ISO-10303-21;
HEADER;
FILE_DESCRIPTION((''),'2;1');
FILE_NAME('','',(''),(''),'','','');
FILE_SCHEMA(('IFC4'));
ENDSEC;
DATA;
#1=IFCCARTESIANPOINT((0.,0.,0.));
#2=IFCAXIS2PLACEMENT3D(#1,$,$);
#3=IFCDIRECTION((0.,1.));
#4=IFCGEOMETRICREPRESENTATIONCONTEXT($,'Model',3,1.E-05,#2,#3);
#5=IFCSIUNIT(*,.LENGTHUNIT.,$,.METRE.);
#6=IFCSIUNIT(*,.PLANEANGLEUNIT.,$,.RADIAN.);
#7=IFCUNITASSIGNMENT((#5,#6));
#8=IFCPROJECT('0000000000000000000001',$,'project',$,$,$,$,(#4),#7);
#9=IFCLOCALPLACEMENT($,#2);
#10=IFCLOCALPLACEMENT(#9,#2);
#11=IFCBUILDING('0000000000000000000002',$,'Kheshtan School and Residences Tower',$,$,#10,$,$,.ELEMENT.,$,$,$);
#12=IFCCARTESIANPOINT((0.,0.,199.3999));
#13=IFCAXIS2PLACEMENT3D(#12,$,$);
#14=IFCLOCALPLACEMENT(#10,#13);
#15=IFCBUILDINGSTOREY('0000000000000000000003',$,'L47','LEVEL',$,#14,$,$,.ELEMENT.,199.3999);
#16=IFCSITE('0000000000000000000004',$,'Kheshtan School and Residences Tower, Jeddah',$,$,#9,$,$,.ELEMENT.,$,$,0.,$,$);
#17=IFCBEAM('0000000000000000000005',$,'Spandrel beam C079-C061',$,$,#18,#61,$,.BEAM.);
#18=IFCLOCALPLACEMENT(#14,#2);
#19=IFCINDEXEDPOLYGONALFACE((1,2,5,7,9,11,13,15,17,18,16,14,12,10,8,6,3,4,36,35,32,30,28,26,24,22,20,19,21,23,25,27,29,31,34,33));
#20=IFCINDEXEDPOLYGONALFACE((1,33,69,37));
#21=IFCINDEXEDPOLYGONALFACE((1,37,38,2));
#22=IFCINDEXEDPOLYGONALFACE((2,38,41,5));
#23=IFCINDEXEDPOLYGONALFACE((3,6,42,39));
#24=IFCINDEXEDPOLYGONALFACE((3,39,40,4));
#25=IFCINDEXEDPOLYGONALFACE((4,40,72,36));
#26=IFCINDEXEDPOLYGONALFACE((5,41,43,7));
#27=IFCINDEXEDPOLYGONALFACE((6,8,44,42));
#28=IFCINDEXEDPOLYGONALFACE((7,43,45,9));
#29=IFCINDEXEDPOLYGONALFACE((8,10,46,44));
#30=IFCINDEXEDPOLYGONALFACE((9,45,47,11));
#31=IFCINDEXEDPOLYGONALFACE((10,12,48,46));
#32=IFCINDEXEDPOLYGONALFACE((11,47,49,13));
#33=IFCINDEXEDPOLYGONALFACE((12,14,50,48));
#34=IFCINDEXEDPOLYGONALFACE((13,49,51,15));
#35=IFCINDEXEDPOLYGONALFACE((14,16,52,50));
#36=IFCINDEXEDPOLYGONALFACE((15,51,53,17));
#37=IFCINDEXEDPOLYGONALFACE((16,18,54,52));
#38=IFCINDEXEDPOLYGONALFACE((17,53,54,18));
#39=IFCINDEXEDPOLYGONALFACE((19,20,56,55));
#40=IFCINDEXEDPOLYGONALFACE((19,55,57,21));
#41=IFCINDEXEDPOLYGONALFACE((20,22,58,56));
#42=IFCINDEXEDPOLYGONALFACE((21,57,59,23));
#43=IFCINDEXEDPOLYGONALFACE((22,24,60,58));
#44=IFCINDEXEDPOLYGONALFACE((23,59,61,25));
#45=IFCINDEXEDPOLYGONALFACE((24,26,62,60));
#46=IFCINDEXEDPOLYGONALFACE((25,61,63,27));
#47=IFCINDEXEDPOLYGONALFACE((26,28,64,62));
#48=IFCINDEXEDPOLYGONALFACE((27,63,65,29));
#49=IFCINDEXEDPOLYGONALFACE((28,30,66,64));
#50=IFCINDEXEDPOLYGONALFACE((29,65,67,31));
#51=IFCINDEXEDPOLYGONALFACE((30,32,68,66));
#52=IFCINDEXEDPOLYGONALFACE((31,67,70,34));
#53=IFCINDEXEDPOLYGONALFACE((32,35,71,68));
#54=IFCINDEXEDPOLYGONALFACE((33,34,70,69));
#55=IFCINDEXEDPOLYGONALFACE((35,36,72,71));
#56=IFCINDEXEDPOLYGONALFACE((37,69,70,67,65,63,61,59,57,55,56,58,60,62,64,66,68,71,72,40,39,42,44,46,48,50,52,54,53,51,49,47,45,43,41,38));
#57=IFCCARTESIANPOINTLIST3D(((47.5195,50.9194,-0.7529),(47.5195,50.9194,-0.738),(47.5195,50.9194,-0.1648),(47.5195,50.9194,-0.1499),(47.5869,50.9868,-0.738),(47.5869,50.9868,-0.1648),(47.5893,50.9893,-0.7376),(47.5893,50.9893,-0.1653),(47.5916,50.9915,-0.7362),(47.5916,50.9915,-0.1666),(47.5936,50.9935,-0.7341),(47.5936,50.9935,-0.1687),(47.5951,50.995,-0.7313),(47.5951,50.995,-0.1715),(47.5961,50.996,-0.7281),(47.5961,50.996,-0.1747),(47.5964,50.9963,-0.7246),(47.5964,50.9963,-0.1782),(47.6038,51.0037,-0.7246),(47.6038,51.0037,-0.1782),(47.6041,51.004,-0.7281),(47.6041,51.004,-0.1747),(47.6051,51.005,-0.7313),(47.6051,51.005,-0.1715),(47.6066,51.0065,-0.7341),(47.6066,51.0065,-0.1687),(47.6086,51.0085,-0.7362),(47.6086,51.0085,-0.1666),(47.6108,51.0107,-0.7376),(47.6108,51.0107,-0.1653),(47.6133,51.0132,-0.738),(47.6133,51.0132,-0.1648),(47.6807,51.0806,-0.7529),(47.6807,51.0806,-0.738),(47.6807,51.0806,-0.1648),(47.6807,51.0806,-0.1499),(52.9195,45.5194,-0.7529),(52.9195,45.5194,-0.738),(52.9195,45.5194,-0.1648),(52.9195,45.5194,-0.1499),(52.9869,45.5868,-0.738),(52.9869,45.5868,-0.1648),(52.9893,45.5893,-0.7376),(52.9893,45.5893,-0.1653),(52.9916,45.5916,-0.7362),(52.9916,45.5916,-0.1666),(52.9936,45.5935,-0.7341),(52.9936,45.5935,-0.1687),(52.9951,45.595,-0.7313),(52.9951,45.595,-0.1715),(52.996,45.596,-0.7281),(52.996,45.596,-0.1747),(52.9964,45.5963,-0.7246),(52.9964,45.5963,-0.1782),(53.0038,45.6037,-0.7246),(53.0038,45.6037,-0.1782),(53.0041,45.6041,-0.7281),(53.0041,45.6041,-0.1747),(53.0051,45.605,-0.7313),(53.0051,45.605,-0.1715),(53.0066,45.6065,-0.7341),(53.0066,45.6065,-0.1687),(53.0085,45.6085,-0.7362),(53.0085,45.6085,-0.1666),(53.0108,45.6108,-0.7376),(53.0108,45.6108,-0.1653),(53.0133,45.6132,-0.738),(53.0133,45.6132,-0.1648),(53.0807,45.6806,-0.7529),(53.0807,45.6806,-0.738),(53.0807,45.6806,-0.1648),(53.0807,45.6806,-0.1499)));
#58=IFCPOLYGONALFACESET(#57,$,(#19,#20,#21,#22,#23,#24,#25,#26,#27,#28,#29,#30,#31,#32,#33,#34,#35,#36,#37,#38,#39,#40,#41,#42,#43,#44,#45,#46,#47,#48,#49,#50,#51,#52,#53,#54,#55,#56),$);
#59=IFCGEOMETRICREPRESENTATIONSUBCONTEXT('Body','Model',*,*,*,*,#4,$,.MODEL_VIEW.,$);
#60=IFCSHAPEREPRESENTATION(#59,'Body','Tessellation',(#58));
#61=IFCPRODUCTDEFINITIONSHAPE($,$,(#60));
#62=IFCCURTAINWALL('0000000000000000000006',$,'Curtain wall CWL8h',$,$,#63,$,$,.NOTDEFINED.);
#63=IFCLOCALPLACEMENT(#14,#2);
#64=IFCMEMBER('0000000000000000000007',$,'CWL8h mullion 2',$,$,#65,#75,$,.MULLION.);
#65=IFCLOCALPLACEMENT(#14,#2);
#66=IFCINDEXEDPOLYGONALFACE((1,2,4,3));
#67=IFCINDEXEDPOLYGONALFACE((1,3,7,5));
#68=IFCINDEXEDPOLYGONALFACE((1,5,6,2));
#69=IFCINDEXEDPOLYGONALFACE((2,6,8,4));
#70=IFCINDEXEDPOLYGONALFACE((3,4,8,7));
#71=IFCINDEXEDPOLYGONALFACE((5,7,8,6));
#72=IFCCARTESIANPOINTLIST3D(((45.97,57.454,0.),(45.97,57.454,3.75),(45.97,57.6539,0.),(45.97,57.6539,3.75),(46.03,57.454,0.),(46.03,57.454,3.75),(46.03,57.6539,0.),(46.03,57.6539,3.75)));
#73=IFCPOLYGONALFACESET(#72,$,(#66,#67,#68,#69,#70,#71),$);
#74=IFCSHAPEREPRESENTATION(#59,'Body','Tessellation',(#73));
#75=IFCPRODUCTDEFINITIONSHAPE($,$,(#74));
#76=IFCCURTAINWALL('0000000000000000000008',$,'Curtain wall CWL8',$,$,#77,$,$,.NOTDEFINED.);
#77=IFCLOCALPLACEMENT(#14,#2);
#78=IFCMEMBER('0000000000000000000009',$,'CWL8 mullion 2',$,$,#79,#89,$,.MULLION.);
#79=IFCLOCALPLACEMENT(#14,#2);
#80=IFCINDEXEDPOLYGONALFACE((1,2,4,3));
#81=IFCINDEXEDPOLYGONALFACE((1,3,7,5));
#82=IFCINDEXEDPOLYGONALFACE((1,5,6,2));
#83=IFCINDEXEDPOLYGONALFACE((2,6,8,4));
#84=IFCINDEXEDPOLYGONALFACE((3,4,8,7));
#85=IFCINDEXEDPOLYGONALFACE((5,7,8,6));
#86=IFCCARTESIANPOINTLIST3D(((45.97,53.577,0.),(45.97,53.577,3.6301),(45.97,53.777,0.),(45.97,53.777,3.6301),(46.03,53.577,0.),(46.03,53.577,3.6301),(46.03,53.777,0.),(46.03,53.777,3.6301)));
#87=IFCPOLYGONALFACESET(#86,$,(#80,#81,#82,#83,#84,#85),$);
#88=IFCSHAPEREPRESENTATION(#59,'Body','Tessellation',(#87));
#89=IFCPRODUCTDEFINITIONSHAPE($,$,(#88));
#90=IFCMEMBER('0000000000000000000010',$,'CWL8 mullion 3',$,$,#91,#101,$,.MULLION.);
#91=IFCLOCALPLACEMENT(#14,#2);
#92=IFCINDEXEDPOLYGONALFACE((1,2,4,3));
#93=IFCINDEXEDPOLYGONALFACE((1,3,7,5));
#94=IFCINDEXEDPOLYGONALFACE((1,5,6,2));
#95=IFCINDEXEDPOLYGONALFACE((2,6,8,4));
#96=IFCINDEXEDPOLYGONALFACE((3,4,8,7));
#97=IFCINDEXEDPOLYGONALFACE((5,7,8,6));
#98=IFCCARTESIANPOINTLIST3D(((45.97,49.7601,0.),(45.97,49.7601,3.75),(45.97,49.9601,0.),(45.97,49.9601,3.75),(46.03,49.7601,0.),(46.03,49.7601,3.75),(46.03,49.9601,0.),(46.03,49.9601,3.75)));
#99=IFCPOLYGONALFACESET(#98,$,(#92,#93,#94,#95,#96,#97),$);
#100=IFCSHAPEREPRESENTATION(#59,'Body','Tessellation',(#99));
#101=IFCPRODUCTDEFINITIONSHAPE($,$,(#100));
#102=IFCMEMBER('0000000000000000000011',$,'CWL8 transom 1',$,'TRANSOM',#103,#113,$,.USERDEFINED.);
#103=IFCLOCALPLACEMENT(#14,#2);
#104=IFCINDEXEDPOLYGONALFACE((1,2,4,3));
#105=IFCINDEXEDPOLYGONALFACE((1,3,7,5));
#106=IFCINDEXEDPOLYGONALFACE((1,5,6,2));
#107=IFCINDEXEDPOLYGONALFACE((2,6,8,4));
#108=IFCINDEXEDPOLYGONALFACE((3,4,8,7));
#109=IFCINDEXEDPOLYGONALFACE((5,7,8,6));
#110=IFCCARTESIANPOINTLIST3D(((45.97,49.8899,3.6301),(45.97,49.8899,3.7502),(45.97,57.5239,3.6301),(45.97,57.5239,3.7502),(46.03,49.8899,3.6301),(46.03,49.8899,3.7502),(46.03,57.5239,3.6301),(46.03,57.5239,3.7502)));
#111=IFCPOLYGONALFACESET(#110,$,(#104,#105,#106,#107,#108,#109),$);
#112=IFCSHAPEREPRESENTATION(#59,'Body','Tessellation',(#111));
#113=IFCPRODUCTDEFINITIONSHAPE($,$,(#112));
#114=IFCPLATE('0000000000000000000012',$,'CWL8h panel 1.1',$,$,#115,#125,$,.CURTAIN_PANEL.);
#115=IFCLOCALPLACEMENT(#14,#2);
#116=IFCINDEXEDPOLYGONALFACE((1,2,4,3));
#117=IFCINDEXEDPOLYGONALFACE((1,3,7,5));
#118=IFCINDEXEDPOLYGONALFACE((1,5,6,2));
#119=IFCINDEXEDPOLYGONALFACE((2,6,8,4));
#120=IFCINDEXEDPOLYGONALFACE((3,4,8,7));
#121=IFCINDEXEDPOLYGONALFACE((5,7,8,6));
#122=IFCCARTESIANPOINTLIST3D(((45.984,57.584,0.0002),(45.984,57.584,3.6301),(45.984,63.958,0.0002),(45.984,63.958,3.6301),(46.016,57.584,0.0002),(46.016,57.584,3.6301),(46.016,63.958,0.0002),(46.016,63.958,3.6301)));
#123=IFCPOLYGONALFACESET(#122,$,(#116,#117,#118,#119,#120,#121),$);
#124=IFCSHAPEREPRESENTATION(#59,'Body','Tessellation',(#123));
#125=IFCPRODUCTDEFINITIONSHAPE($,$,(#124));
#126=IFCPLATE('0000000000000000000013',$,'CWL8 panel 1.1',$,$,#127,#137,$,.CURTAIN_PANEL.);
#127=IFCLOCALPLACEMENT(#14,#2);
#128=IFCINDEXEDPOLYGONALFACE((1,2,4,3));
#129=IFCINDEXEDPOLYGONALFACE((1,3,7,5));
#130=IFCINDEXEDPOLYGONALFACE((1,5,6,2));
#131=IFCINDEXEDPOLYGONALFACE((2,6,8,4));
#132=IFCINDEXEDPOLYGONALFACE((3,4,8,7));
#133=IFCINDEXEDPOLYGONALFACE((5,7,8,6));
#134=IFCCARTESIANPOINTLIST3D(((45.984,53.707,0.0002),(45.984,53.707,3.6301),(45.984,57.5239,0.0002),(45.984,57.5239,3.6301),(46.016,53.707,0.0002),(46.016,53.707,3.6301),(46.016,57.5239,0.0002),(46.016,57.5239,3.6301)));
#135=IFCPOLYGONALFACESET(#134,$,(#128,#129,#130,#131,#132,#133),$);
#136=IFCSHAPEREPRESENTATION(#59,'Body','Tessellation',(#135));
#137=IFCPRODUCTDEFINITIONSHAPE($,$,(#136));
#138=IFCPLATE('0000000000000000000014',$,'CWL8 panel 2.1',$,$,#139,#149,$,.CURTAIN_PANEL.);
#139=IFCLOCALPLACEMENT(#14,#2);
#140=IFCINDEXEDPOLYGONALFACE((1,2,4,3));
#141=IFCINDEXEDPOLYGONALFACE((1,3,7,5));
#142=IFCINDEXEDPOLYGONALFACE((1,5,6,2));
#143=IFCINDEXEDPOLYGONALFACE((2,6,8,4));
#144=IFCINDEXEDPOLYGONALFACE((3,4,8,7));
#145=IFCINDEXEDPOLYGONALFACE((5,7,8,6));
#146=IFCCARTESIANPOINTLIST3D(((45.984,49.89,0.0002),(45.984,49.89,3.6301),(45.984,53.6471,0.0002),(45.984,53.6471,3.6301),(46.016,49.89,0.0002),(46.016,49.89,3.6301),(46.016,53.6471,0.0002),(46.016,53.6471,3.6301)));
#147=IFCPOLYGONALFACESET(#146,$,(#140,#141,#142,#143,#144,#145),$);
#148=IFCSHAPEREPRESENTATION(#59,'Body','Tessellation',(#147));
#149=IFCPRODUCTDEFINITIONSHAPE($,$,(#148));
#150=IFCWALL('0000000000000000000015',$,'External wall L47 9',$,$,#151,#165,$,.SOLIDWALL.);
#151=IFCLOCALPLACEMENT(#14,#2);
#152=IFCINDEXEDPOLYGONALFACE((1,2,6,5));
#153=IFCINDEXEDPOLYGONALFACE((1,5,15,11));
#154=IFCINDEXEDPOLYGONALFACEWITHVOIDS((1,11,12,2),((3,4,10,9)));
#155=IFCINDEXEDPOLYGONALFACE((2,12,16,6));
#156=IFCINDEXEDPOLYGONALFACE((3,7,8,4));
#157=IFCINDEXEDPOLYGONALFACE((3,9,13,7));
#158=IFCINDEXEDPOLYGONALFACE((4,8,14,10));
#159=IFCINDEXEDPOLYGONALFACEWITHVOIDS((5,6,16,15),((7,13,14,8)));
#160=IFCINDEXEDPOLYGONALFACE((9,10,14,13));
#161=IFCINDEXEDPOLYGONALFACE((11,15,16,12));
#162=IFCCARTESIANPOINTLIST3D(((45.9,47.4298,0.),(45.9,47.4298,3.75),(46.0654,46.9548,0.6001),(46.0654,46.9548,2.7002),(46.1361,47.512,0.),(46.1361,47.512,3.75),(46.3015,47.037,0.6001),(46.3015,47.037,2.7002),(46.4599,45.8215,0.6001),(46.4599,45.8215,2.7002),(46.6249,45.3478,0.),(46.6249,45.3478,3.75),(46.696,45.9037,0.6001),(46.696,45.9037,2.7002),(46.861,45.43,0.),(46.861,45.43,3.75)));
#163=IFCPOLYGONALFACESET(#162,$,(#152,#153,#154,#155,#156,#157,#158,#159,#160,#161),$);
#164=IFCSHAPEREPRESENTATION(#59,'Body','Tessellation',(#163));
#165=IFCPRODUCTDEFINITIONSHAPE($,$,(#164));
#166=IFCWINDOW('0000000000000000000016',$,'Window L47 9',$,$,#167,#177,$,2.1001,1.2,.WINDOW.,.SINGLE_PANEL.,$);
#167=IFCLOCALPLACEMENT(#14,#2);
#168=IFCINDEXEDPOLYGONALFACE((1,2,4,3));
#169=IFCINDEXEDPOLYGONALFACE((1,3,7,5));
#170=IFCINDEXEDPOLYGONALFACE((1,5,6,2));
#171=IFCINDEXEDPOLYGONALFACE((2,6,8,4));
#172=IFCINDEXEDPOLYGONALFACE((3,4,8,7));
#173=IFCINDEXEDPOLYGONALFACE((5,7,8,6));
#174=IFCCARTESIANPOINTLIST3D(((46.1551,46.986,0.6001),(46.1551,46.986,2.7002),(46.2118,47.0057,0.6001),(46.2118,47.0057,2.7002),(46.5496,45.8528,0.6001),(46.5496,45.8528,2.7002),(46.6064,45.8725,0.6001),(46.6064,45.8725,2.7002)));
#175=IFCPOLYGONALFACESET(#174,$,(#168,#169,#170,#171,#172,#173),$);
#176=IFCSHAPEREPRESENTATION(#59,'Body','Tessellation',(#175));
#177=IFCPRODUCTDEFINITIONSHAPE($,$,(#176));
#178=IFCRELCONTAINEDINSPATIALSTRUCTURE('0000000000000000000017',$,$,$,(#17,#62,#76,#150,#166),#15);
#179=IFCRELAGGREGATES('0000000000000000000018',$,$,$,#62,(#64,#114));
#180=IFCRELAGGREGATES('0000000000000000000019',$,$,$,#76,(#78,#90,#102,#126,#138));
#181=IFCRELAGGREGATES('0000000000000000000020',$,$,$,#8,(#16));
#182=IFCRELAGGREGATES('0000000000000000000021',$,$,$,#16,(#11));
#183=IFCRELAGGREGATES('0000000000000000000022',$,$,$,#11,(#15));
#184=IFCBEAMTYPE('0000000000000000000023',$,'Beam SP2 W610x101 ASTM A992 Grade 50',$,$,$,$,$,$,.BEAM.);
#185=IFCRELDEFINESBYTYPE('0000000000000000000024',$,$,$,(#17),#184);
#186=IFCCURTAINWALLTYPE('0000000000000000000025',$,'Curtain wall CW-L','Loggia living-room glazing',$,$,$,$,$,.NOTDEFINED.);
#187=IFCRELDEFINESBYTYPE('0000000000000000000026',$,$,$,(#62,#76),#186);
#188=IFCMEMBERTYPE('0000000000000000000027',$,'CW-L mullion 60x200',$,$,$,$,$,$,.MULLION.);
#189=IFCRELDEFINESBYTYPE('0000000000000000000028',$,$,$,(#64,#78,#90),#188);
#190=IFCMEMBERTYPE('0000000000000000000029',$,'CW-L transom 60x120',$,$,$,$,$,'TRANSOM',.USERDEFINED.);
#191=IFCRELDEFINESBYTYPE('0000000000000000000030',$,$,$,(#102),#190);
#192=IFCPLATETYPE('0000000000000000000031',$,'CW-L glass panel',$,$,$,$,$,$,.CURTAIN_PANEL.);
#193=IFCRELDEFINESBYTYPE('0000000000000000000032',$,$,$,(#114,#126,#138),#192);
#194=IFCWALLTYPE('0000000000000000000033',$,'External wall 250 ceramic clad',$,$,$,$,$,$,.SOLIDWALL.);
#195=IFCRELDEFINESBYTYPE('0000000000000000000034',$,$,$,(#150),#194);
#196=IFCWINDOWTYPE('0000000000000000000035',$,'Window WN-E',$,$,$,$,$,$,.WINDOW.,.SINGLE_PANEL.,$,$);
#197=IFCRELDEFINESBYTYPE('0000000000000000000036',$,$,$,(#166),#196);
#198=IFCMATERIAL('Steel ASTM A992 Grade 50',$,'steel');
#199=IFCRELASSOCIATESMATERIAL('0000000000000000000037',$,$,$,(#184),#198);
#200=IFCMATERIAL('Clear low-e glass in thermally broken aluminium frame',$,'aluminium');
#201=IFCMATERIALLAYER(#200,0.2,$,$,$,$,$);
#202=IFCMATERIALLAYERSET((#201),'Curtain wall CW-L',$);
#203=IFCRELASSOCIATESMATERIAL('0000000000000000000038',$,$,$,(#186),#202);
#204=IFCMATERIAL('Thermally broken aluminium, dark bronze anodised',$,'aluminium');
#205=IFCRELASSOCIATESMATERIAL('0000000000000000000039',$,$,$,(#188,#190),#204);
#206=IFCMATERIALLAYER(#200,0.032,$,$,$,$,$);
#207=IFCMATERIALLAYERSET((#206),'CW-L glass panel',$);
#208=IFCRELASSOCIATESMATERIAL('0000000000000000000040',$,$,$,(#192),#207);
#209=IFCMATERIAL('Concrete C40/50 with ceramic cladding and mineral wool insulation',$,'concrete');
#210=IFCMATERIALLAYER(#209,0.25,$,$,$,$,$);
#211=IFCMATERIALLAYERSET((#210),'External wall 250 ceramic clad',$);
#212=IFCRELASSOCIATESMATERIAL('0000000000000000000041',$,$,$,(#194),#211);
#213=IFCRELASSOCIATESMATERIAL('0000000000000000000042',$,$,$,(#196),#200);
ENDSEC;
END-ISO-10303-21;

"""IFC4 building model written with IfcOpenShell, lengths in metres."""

from ifc_helpers import new_model, si_unit, direction, frame, frame_2d, origin, origin_2d, place, context, subcontext, project, spatial, rectangle, i_section, extrude, source, transform, mapped, material, layer, layer_set, material_profile, profile_set, type_object, element, fill, aggregate, save


model = new_model("IFC4")

# Units and contexts
model_context = context("Model", 3, precision=1e-05, world=origin(), true_north=direction((0.0, 1.0)))
body_context = subcontext(model_context, "Body", "Model", "MODEL_VIEW")
ifc_project = project(units=[si_unit("LENGTHUNIT", "METRE"), si_unit("PLANEANGLEUNIT", "RADIAN")], contexts=[model_context])

# Site, building, storey
site_placement = place(None, origin())
site = spatial("IfcSite", under=ifc_project, at=site_placement, Name="Kheshtan School and Residences Tower, Jeddah", CompositionType="ELEMENT", RefElevation=0.0)
building_placement = place(site_placement, origin())
building = spatial("IfcBuilding", under=site, at=building_placement, Name="Kheshtan School and Residences Tower", CompositionType="ELEMENT")
storey_placement = place(building_placement, frame((0.0, 0.0, 199.3999)))
storey = spatial("IfcBuildingStorey", under=building, at=storey_placement, Name="L47", Description="LEVEL", CompositionType="ELEMENT", Elevation=199.3999)

# Shared definitions
ifc_material_1 = material(Name="Steel ASTM A992 Grade 50", Category="steel")

# Beam
ifc_material_profile_1 = material_profile(ifc_material_1, i_section(OverallWidth=0.228, OverallDepth=0.603, WebThickness=0.0105, FlangeThickness=0.0149, FilletRadius=0.0134, at=origin_2d()), Name="W610x101")
ifc_profile_set_1 = profile_set([ifc_material_profile_1], Name="Steel ASTM A992 Grade 50")
beam_type_1 = type_object("IfcBeamType", Name="Beam SP2 W610x101 ASTM A992 Grade 50", PredefinedType="BEAM", material=ifc_profile_set_1)
beam_1_placement = place(storey_placement, frame((47.6001, 51.0, -0.4514), z_axis=(0.707107, -0.707107, 0.0), x_axis=(0.707107, 0.707107, 0.0)))
element("IfcBeam", 1, at=beam_1_placement, inside=storey, type_object=beam_type_1, Name="Spandrel beam C079-C061", PredefinedType="BEAM", context=body_context, shape_type="SweptSolid", body=[
    extrude(i_section(OverallWidth=0.228, OverallDepth=0.603, WebThickness=0.0105, FlangeThickness=0.0149, FilletRadius=0.0134, at=origin_2d()), origin(), (0.0, 0.0, 1.0), 7.6367),
])

# Curtain wall, member
ifc_material_2 = material(Name="Clear low-e glass in thermally broken aluminium frame", Category="aluminium")
ifc_layer_1 = layer(ifc_material_2, 0.2)
ifc_layer_set_1 = layer_set([ifc_layer_1], Name="Curtain wall CW-L")
curtain_wall_type = type_object("IfcCurtainWallType", Name="Curtain wall CW-L", Description="Loggia living-room glazing", PredefinedType="NOTDEFINED", material=ifc_layer_set_1)
curtain_wall_1_placement = place(storey_placement, origin())
curtain_wall_1 = element("IfcCurtainWall", 2, at=curtain_wall_1_placement, inside=storey, type_object=curtain_wall_type, Name="Curtain wall CWL8h", PredefinedType="NOTDEFINED")
ifc_material_3 = material(Name="Thermally broken aluminium, dark bronze anodised", Category="aluminium")
ifc_material_profile_2 = material_profile(ifc_material_3, rectangle(XDim=0.0601, YDim=0.2, at=origin_2d()), Name="CW-L mullion 60x200")
ifc_profile_set_2 = profile_set([ifc_material_profile_2], Name="Thermally broken aluminium, dark bronze anodised")
member_type_1 = type_object("IfcMemberType", Name="CW-L mullion 60x200", PredefinedType="MULLION", material=ifc_profile_set_2)
member_1_placement = place(storey_placement, frame((46.0, 57.554, 0.0), z_axis=(0.0, 0.0, 1.0), x_axis=(1.0, 0.0, 0.0)))
member_1 = element("IfcMember", 3, at=member_1_placement, type_object=member_type_1, Name="CWL8h mullion 2", PredefinedType="MULLION", context=body_context, shape_type="SweptSolid", body=[
    extrude(rectangle(XDim=0.0601, YDim=0.2, at=origin_2d()), origin(), (0.0, 0.0, 1.0), 3.75),
])

# Curtain wall, members
curtain_wall_2_placement = place(storey_placement, origin())
curtain_wall_2 = element("IfcCurtainWall", 4, at=curtain_wall_2_placement, inside=storey, type_object=curtain_wall_type, Name="Curtain wall CWL8", PredefinedType="NOTDEFINED")
member_2_placement = place(storey_placement, frame((46.0, 53.677, 0.0), z_axis=(0.0, 0.0, 1.0), x_axis=(1.0, 0.0, 0.0)))
member_2 = element("IfcMember", 5, at=member_2_placement, type_object=member_type_1, Name="CWL8 mullion 2", PredefinedType="MULLION", context=body_context, shape_type="SweptSolid", body=[
    extrude(rectangle(XDim=0.0601, YDim=0.2, at=origin_2d()), origin(), (0.0, 0.0, 1.0), 3.6301),
])
member_3_placement = place(storey_placement, frame((46.0, 49.8601, 0.0), z_axis=(0.0, 0.0, 1.0), x_axis=(1.0, 0.0, 0.0)))
member_3 = element("IfcMember", 6, at=member_3_placement, type_object=member_type_1, Name="CWL8 mullion 3", PredefinedType="MULLION", context=body_context, shape_type="SweptSolid", body=[
    extrude(rectangle(XDim=0.0601, YDim=0.2, at=origin_2d()), origin(), (0.0, 0.0, 1.0), 3.75),
])
ifc_material_profile_3 = material_profile(ifc_material_3, rectangle(XDim=0.0601, YDim=0.1201, at=origin_2d()), Name="CW-L transom 60x120")
ifc_profile_set_3 = profile_set([ifc_material_profile_3], Name="Thermally broken aluminium, dark bronze anodised")
member_type_2 = type_object("IfcMemberType", Name="CW-L transom 60x120", ElementType="TRANSOM", PredefinedType="USERDEFINED", material=ifc_profile_set_3)
member_4_placement = place(storey_placement, frame((46.0, 57.5239, 3.6902), z_axis=(0.0, -1.0, 0.0), x_axis=(1.0, 0.0, 0.0)))
member_4 = element("IfcMember", 7, at=member_4_placement, type_object=member_type_2, Name="CWL8 transom 1", ObjectType="TRANSOM", PredefinedType="USERDEFINED", context=body_context, shape_type="SweptSolid", body=[
    extrude(rectangle(XDim=0.0601, YDim=0.1201, at=origin_2d()), origin(), (0.0, 0.0, 1.0), 7.634),
])

# Plates
ifc_layer_2 = layer(ifc_material_2, 0.032)
ifc_layer_set_2 = layer_set([ifc_layer_2], Name="CW-L glass panel")
plate_type = type_object("IfcPlateType", Name="CW-L glass panel", PredefinedType="CURTAIN_PANEL", material=ifc_layer_set_2)
plate_1_placement = place(storey_placement, frame((46.0, 60.771, 0.0002), z_axis=(0.0, 0.0, 1.0), x_axis=(0.0, -1.0, 0.0)))
plate_1 = element("IfcPlate", 8, at=plate_1_placement, type_object=plate_type, Name="CWL8h panel 1.1", PredefinedType="CURTAIN_PANEL", context=body_context, shape_type="SweptSolid", body=[
    extrude(rectangle(XDim=6.374, YDim=0.032, at=origin_2d()), origin(), (0.0, 0.0, 1.0), 3.6299),
])
aggregate(curtain_wall_1, [member_1, plate_1])
plate_2_placement = place(storey_placement, frame((46.0, 55.6155, 0.0002), z_axis=(0.0, 0.0, 1.0), x_axis=(0.0, -1.0, 0.0)))
plate_2 = element("IfcPlate", 9, at=plate_2_placement, type_object=plate_type, Name="CWL8 panel 1.1", PredefinedType="CURTAIN_PANEL", context=body_context, shape_type="SweptSolid", body=[
    extrude(rectangle(XDim=3.8169, YDim=0.032, at=origin_2d()), origin(), (0.0, 0.0, 1.0), 3.6299),
])
plate_3_placement = place(storey_placement, frame((46.0, 51.7686, 0.0002), z_axis=(0.0, 0.0, 1.0), x_axis=(0.0, -1.0, 0.0)))
plate_3 = element("IfcPlate", 10, at=plate_3_placement, type_object=plate_type, Name="CWL8 panel 2.1", PredefinedType="CURTAIN_PANEL", context=body_context, shape_type="SweptSolid", body=[
    extrude(rectangle(XDim=3.7571, YDim=0.032, at=origin_2d()), origin(), (0.0, 0.0, 1.0), 3.6299),
])
aggregate(curtain_wall_2, [member_2, member_3, member_4, plate_2, plate_3])

# Wall, opening, window
ifc_material_4 = material(Name="Concrete C40/50 with ceramic cladding and mineral wool insulation", Category="concrete")
ifc_layer_3 = layer(ifc_material_4, 0.25)
ifc_layer_set_3 = layer_set([ifc_layer_3], Name="External wall 250 ceramic clad")
wall_type_1 = type_object("IfcWallType", Name="External wall 250 ceramic clad", PredefinedType="SOLIDWALL", material=ifc_layer_set_3)
wall_1_placement = place(storey_placement, frame((46.0181, 47.4709, 0.0), z_axis=(0.0, 0.0, 1.0), x_axis=(0.328791, -0.944403, 0.0)))
wall_1 = element("IfcWall", 11, at=wall_1_placement, inside=storey, type_object=wall_type_1, Name="External wall L47 9", PredefinedType="SOLIDWALL", context=body_context, shape_type="SweptSolid", body=[
    extrude(rectangle(XDim=2.2046, YDim=0.25, at=frame_2d((1.1023, 0.0))), origin(), (0.0, 0.0, 1.0), 3.75),
])
opening_1_placement = place(wall_1_placement, frame((0.5029, 0.0, 0.6001)))
opening_1 = element("IfcOpeningElement", 12, at=opening_1_placement, cuts=wall_1, PredefinedType="OPENING", context=body_context, shape_type="SweptSolid", body=[
    extrude(rectangle(XDim=1.2, YDim=2.1001, at=frame_2d((0.6001, 1.05))), frame((0.0, 0.135, 0.0), z_axis=(0.0, -1.0, 0.0), x_axis=(1.0, 0.0, 0.0)), (0.0, 0.0, 1.0), 0.27),
])
window_type = type_object("IfcWindowType", Name="Window WN-E", PartitioningType="SINGLE_PANEL", PredefinedType="WINDOW", material=ifc_material_2)
shared_shape_1 = source(origin(), body_context, "Body", "SweptSolid", [
    extrude(rectangle(XDim=1.2, YDim=2.1001, at=frame_2d((0.6001, 1.05))), frame((0.0, 0.03, 0.0), z_axis=(0.0, -1.0, 0.0), x_axis=(1.0, 0.0, 0.0)), (0.0, 0.0, 1.0), 0.0601),
])
window_1_placement = place(opening_1_placement, origin())
window_1 = element("IfcWindow", 13, at=window_1_placement, inside=storey, type_object=window_type, Name="Window L47 9", OverallHeight=2.1001, OverallWidth=1.2, PartitioningType="SINGLE_PANEL", PredefinedType="WINDOW", context=body_context, shape_type="MappedRepresentation", body=[
    mapped(shared_shape_1, transform((0.0, 0.0, 0.0), x_axis=(1.0, 0.0, 0.0), y_axis=(0.0, 1.0, 0.0), z_axis=(0.0, 0.0, 1.0), scale=1.0)),
])
fill(opening_1, window_1)

save(model, "model.ifc")
